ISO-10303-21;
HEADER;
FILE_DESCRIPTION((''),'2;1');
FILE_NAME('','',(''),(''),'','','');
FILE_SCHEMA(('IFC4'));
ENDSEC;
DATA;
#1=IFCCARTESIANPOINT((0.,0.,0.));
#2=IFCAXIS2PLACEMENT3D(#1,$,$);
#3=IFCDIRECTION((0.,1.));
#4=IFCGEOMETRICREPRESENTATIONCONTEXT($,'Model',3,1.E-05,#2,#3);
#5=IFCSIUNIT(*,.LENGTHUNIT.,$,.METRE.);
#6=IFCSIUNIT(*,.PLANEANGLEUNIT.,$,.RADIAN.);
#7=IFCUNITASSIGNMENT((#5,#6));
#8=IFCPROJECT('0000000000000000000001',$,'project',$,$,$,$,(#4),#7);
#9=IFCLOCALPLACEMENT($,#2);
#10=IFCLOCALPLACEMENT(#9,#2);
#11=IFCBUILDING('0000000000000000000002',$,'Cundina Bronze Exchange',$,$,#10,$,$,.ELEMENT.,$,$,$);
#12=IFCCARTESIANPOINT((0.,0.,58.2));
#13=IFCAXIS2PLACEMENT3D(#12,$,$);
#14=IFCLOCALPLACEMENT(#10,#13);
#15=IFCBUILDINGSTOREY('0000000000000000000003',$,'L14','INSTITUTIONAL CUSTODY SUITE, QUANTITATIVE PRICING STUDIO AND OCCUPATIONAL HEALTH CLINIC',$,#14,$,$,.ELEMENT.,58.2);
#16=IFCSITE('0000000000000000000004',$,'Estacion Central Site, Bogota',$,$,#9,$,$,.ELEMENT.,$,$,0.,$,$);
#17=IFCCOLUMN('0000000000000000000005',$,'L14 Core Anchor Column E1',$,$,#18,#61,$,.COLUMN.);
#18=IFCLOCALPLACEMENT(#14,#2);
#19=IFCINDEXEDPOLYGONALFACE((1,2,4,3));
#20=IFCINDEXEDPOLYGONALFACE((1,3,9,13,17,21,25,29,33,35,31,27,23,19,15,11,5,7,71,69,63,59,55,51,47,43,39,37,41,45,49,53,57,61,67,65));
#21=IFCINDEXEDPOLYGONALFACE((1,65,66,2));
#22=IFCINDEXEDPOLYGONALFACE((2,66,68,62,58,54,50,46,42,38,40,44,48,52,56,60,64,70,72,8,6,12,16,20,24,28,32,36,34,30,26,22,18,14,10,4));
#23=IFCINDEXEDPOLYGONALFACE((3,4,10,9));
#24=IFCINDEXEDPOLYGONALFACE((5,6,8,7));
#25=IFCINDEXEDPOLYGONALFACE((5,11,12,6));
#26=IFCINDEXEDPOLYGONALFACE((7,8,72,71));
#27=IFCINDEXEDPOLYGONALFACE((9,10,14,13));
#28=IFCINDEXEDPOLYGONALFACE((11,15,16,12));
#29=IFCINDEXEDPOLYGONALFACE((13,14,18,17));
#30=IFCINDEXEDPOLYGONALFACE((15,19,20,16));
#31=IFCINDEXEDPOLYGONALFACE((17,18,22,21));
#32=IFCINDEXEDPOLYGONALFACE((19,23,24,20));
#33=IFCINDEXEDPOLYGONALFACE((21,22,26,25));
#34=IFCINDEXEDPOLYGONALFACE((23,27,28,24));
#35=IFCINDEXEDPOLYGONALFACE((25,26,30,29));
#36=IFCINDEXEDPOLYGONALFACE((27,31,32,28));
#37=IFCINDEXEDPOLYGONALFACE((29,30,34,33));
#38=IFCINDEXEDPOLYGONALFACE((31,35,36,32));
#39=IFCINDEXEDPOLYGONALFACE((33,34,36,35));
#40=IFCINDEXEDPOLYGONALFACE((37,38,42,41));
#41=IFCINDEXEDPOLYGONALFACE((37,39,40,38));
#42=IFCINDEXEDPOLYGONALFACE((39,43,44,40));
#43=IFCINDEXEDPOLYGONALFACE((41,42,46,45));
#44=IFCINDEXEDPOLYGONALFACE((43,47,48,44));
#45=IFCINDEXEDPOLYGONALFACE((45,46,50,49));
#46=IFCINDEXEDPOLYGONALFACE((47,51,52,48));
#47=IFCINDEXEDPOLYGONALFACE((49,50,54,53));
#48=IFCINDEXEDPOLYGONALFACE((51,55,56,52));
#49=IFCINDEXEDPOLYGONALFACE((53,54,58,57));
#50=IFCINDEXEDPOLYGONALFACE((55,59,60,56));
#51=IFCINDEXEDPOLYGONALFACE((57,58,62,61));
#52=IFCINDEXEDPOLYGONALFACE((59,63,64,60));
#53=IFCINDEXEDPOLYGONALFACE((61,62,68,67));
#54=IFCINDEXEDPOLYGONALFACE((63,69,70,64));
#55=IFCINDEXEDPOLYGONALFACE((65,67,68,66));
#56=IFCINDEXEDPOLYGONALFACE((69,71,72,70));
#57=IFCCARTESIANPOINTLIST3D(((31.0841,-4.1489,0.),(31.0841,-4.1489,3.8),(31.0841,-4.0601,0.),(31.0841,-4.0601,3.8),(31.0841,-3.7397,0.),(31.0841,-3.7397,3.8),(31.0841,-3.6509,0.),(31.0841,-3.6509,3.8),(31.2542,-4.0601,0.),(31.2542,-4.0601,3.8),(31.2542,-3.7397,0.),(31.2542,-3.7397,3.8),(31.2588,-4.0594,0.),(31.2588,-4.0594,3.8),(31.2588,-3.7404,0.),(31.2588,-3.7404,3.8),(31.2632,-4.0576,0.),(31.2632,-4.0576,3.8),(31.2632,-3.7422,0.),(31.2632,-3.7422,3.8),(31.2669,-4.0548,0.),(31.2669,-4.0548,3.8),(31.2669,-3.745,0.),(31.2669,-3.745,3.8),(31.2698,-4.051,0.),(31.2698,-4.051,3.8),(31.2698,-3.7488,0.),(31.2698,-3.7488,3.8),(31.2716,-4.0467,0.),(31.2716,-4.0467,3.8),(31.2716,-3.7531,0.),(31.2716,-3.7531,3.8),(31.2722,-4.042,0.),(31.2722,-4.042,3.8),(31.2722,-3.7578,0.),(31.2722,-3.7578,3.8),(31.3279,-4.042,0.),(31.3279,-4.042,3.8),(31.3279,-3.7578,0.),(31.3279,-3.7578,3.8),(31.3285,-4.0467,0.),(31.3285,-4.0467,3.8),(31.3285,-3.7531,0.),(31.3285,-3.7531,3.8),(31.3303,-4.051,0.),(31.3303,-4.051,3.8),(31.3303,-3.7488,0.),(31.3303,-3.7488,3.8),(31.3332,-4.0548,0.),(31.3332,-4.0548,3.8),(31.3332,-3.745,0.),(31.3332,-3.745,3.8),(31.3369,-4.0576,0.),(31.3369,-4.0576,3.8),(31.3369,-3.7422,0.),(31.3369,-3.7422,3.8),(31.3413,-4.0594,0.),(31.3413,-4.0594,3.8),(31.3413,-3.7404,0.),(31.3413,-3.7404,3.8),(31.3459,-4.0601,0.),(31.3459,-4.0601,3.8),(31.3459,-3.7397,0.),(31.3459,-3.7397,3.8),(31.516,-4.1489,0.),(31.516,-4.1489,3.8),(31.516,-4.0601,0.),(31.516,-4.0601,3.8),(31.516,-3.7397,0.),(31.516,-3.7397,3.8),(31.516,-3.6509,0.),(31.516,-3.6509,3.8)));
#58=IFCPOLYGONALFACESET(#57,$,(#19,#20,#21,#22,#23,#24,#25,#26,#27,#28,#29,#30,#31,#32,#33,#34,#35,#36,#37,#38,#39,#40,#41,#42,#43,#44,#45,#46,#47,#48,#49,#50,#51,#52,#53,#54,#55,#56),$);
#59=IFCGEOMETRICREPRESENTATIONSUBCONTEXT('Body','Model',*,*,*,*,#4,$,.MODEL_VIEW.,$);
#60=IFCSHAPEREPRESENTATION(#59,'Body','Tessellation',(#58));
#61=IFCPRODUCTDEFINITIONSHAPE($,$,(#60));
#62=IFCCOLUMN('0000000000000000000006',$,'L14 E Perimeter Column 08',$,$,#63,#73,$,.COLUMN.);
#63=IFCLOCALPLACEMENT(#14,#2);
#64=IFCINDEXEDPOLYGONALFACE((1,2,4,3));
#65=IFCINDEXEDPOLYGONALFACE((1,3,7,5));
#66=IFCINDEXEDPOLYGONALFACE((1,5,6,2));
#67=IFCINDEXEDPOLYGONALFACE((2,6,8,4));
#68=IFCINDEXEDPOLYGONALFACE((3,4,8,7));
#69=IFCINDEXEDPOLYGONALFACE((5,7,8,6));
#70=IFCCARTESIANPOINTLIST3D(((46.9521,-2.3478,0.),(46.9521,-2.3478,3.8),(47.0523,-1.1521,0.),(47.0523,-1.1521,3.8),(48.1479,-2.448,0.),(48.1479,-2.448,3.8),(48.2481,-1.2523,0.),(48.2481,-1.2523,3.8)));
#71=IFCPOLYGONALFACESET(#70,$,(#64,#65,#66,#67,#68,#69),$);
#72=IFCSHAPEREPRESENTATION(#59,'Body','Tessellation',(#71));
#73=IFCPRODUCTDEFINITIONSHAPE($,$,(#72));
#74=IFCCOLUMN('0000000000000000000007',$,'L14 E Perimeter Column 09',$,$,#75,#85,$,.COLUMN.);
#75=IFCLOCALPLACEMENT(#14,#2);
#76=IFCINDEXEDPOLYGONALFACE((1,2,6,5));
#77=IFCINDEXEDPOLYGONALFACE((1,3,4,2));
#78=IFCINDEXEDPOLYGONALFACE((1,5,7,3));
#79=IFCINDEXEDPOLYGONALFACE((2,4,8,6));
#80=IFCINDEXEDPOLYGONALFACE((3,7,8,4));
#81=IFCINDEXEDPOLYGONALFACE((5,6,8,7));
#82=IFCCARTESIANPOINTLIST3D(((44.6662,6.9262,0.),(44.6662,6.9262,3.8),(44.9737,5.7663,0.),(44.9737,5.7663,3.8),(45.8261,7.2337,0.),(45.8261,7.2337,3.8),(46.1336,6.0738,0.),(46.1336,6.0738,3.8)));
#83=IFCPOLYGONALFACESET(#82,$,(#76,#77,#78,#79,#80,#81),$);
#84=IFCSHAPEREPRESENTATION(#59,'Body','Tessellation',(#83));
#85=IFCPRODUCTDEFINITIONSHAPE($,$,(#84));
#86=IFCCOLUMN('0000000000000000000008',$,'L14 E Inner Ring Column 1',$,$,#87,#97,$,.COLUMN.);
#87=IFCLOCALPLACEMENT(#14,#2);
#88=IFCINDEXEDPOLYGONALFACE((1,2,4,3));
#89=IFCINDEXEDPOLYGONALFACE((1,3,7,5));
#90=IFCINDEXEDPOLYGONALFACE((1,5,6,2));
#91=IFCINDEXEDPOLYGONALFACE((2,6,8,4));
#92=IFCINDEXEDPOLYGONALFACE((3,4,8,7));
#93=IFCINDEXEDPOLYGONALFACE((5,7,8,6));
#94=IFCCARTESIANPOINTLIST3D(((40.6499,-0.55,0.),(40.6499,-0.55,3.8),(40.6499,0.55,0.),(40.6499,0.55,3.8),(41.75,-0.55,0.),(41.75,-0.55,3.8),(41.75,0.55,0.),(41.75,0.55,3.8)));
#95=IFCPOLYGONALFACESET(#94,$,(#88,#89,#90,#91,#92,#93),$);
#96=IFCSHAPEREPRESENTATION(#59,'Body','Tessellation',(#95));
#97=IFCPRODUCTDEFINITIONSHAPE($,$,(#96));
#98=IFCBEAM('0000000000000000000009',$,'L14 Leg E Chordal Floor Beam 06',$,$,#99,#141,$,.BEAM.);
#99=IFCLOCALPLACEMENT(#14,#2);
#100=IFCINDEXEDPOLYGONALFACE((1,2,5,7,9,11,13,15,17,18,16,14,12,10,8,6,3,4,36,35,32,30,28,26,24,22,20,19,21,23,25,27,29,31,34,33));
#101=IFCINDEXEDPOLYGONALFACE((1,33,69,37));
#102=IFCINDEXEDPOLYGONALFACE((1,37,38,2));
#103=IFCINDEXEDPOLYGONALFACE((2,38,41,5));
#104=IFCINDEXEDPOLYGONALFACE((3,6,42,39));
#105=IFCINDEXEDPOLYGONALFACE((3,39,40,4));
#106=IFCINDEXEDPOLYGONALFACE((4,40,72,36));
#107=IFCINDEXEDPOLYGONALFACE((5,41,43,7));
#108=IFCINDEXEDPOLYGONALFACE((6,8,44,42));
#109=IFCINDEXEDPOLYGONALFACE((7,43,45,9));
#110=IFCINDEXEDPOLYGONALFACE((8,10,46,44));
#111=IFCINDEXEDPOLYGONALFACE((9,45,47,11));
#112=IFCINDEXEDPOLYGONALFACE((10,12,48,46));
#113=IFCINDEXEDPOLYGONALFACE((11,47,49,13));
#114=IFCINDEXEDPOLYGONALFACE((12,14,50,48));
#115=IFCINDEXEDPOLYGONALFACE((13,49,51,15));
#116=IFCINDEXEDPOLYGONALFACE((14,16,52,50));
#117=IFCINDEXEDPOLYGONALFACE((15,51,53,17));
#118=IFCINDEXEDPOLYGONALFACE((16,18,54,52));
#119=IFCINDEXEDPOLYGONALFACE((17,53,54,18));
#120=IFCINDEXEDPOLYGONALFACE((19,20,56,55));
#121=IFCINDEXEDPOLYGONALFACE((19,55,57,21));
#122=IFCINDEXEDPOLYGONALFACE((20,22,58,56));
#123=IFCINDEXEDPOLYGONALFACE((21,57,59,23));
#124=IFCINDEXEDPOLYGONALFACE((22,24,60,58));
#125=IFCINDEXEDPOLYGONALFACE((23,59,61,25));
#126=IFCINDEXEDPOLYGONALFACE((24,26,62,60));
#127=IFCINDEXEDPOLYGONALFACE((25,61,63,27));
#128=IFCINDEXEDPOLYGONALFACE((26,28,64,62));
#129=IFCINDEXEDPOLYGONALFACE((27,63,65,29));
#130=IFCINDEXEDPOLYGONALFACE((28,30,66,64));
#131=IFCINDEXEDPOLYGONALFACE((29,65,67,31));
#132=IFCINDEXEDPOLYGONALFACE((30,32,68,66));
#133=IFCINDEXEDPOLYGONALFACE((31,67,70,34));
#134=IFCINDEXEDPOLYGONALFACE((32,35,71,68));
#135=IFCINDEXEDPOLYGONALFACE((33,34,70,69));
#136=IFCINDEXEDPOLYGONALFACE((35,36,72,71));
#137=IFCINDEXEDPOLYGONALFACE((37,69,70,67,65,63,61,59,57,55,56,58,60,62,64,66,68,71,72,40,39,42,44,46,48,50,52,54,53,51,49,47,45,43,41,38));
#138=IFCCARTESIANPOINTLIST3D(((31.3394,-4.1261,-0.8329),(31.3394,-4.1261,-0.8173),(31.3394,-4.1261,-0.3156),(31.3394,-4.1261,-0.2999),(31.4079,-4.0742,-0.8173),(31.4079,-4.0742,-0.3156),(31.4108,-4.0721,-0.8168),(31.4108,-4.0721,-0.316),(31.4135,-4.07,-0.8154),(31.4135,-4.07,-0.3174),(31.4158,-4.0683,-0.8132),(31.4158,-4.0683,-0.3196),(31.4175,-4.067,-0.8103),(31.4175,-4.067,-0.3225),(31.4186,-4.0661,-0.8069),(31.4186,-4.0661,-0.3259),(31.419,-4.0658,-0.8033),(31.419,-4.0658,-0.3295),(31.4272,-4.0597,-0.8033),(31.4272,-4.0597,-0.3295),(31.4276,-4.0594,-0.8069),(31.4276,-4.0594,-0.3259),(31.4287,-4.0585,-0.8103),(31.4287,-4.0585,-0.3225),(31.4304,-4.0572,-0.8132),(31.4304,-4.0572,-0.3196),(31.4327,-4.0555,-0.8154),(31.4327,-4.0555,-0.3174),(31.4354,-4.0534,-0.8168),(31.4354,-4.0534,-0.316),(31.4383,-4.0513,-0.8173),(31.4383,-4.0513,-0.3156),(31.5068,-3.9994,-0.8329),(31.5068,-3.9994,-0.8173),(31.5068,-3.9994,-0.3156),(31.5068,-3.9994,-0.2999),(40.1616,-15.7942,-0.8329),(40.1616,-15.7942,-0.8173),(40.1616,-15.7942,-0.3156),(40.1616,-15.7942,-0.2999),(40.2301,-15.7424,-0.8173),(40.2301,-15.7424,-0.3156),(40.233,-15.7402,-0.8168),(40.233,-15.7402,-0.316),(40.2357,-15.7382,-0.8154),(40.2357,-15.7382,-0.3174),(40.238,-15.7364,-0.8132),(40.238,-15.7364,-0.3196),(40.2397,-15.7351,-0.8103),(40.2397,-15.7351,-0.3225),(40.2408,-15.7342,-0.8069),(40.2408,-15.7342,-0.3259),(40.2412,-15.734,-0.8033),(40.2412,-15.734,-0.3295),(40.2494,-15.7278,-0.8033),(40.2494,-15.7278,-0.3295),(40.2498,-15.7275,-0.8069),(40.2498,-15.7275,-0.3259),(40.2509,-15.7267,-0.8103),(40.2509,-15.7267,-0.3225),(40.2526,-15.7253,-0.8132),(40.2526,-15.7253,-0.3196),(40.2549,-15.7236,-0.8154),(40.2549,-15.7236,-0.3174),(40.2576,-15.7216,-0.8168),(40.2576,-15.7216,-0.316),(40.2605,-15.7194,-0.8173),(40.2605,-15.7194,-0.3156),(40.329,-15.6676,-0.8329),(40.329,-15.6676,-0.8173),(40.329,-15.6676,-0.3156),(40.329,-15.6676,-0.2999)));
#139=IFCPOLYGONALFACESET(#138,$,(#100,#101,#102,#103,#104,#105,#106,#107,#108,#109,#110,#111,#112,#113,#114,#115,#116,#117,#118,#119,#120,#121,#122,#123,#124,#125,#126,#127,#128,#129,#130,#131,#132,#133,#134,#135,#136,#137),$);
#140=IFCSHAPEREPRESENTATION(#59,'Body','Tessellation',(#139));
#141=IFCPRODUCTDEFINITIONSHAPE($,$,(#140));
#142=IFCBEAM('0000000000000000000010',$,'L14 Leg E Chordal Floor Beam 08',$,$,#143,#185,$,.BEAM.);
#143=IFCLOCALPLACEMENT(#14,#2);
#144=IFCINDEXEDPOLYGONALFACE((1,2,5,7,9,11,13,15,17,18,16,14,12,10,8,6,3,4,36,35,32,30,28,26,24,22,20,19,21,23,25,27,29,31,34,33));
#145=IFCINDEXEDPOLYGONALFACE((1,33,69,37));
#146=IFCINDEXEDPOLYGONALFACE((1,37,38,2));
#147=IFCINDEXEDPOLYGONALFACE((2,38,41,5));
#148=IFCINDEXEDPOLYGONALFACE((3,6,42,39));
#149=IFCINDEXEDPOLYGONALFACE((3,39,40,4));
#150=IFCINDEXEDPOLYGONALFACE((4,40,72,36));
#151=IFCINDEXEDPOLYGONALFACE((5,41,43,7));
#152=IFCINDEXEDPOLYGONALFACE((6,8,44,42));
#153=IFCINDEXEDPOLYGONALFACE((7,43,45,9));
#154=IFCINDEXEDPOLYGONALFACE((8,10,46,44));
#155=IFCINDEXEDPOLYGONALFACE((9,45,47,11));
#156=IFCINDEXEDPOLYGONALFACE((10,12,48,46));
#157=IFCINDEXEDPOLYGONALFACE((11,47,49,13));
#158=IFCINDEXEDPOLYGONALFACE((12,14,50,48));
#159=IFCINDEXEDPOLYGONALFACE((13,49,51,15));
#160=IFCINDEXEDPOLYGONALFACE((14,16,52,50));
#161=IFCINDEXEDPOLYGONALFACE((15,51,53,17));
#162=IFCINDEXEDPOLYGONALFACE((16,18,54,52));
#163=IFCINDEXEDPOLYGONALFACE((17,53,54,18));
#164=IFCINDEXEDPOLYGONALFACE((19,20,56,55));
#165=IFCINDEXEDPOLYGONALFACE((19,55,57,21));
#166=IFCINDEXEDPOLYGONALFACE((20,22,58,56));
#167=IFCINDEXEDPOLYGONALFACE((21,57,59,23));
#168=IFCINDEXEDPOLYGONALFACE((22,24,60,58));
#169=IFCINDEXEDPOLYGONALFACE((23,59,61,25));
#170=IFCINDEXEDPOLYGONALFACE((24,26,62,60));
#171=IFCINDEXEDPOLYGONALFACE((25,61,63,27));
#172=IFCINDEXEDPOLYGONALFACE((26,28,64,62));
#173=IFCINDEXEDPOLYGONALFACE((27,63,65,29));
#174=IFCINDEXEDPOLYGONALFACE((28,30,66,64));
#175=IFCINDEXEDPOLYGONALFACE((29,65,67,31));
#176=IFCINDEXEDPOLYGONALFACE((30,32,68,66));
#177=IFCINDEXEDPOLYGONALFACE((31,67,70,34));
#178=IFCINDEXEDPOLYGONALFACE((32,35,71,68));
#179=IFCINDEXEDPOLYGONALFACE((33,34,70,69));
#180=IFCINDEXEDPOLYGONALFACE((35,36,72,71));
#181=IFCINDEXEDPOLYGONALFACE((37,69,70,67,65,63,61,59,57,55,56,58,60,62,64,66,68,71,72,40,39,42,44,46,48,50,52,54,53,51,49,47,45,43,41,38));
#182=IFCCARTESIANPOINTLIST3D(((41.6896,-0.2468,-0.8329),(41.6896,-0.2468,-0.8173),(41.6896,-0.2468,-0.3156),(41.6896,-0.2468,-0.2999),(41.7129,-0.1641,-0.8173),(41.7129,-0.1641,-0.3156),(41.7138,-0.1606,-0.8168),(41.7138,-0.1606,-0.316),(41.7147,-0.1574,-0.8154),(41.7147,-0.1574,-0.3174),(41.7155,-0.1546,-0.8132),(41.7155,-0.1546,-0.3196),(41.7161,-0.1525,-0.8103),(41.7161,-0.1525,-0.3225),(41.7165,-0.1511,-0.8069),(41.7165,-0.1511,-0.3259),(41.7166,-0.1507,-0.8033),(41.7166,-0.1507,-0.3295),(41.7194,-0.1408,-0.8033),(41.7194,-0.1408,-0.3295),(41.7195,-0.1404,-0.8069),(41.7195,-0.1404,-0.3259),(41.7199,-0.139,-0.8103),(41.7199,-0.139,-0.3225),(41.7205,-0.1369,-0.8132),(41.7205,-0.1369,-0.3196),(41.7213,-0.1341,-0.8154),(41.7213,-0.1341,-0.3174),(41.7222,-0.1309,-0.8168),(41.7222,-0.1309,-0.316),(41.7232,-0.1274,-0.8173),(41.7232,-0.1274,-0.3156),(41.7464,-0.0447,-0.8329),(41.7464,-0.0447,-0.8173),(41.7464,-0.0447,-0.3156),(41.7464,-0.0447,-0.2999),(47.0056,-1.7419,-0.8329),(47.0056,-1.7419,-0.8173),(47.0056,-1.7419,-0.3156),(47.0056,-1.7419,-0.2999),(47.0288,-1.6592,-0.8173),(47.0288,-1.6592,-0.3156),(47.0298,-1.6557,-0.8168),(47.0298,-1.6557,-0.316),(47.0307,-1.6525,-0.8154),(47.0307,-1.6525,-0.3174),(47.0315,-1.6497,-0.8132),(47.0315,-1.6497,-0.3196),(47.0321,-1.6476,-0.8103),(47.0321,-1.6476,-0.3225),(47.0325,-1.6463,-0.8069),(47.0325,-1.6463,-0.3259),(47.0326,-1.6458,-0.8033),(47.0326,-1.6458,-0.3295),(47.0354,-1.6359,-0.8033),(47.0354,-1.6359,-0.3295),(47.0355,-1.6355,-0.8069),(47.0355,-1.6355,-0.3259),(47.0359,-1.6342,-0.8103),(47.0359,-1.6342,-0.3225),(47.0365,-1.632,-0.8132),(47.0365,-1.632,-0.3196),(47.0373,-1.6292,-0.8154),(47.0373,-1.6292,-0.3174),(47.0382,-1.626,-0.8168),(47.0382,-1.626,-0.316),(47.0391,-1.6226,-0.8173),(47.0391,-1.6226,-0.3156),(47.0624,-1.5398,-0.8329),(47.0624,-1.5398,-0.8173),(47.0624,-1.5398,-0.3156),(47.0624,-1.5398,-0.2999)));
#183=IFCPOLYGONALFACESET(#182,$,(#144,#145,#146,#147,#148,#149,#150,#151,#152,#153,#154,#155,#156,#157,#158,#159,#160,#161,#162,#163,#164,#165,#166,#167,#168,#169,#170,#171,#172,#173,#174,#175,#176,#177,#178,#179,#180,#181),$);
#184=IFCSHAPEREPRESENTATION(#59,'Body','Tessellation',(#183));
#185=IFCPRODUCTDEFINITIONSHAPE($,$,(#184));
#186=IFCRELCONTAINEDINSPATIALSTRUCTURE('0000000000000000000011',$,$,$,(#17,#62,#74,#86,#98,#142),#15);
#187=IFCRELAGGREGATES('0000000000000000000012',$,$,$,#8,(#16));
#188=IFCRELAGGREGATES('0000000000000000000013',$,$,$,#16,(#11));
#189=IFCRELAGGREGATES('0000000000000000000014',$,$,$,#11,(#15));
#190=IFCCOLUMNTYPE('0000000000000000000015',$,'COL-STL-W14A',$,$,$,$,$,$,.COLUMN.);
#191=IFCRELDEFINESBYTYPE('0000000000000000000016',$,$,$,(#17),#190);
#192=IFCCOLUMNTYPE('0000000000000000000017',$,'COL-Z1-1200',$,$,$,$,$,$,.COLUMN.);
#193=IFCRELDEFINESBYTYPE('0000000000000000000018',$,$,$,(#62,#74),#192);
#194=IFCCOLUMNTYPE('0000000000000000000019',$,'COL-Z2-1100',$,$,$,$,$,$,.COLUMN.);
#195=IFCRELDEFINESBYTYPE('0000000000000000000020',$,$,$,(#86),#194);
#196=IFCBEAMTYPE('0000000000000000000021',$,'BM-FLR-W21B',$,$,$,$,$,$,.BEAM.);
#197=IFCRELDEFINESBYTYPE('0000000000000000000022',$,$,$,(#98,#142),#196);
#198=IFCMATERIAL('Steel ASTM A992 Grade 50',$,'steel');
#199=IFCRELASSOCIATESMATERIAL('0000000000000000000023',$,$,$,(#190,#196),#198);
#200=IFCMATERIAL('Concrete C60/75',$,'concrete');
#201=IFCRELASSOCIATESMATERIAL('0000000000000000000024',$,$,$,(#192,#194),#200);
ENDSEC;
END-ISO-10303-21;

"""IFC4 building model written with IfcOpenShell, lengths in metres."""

from ifc_helpers import new_model, si_unit, direction, frame, origin, origin_2d, place, context, subcontext, project, spatial, rectangle, i_section, extrude, material, material_profile, profile_set, type_object, element, save


model = new_model("IFC4")

# Units and contexts
model_context = context("Model", 3, precision=1e-05, world=origin(), true_north=direction((0.0, 1.0)))
body_context = subcontext(model_context, "Body", "Model", "MODEL_VIEW")
ifc_project = project(units=[si_unit("LENGTHUNIT", "METRE"), si_unit("PLANEANGLEUNIT", "RADIAN")], contexts=[model_context])

# Site, building, storey
site_placement = place(None, origin())
site = spatial("IfcSite", under=ifc_project, at=site_placement, Name="Estacion Central Site, Bogota", CompositionType="ELEMENT", RefElevation=0.0)
building_placement = place(site_placement, origin())
building = spatial("IfcBuilding", under=site, at=building_placement, Name="Cundina Bronze Exchange", CompositionType="ELEMENT")
storey_placement = place(building_placement, frame((0.0, 0.0, 58.2)))
storey = spatial("IfcBuildingStorey", under=building, at=storey_placement, Name="L14", Description="INSTITUTIONAL CUSTODY SUITE, QUANTITATIVE PRICING STUDIO AND OCCUPATIONAL HEALTH CLINIC", CompositionType="ELEMENT", Elevation=58.2)

# Columns
ifc_material_1 = material(Name="Steel ASTM A992 Grade 50", Category="steel")
ifc_material_profile_1 = material_profile(ifc_material_1, i_section(OverallWidth=0.4319, OverallDepth=0.498, WebThickness=0.0557, FlangeThickness=0.0889, FilletRadius=0.0181, at=origin_2d()), Name="W14X500", Category="steel")
ifc_profile_set_1 = profile_set([ifc_material_profile_1], Name="Steel ASTM A992 Grade 50")
column_type_1 = type_object("IfcColumnType", Name="COL-STL-W14A", PredefinedType="COLUMN", material=ifc_profile_set_1)
column_1_placement = place(storey_placement, frame((31.3, -3.8999, 0.0), z_axis=(0.0, 0.0, 1.0), x_axis=(1.0, 0.0, 0.0)))
element("IfcColumn", 1, at=column_1_placement, inside=storey, type_object=column_type_1, Name="L14 Core Anchor Column E1", PredefinedType="COLUMN", context=body_context, shape_type="SweptSolid", body=[
    extrude(i_section(OverallWidth=0.4319, OverallDepth=0.498, WebThickness=0.0557, FlangeThickness=0.0889, FilletRadius=0.0181, at=origin_2d()), origin(), (0.0, 0.0, 1.0), 3.8),
])
ifc_material_2 = material(Name="Concrete C60/75", Category="concrete")
ifc_material_profile_2 = material_profile(ifc_material_2, rectangle(XDim=1.2, YDim=1.2, at=origin_2d()), Name="RC1200X1200", Category="concrete")
ifc_profile_set_2 = profile_set([ifc_material_profile_2], Name="Concrete C60/75")
column_type_2 = type_object("IfcColumnType", Name="COL-Z1-1200", PredefinedType="COLUMN", material=ifc_profile_set_2)
for number, where, z_axis, x_axis, name in (
    (2, (47.6001, -1.8, 0.0), (0.0, 0.0, 1.0), (0.083504, 0.996507, 0.0), "L14 E Perimeter Column 08"),
    (3, (45.3999, 6.5, 0.0), (0.0, 0.0, 1.0), (-0.256289, 0.9666, 0.0), "L14 E Perimeter Column 09"),
):
    element("IfcColumn", number, at=place(storey_placement, frame(where, z_axis=z_axis, x_axis=x_axis)), inside=storey, type_object=column_type_2, Name=name, PredefinedType="COLUMN", context=body_context, shape_type="SweptSolid", body=[
        extrude(rectangle(XDim=1.2, YDim=1.2, at=origin_2d()), origin(), (0.0, 0.0, 1.0), 3.8),
    ])
ifc_material_profile_3 = material_profile(ifc_material_2, rectangle(XDim=1.1001, YDim=1.1001, at=origin_2d()), Name="RC1100X1100", Category="concrete")
ifc_profile_set_3 = profile_set([ifc_material_profile_3], Name="Concrete C60/75")
column_type_3 = type_object("IfcColumnType", Name="COL-Z2-1100", PredefinedType="COLUMN", material=ifc_profile_set_3)
column_2_placement = place(storey_placement, frame((41.2, 0.0, 0.0), z_axis=(0.0, 0.0, 1.0), x_axis=(1.0, 0.0, 0.0)))
element("IfcColumn", 4, at=column_2_placement, inside=storey, type_object=column_type_3, Name="L14 E Inner Ring Column 1", PredefinedType="COLUMN", context=body_context, shape_type="SweptSolid", body=[
    extrude(rectangle(XDim=1.1001, YDim=1.1001, at=origin_2d()), origin(), (0.0, 0.0, 1.0), 3.8),
])

# Beams
ifc_material_profile_4 = material_profile(ifc_material_1, i_section(OverallWidth=0.21, OverallDepth=0.533, WebThickness=0.0103, FlangeThickness=0.0156, FilletRadius=0.0139, at=origin_2d()), Name="W21X62", Category="steel")
ifc_profile_set_4 = profile_set([ifc_material_profile_4], Name="Steel ASTM A992 Grade 50")
beam_type_1 = type_object("IfcBeamType", Name="BM-FLR-W21B", PredefinedType="BEAM", material=ifc_profile_set_4)
beam_1_placement = place(storey_placement, frame((31.4231, -4.0627, -0.5664), z_axis=(0.603106, -0.797661, 0.0), x_axis=(0.797661, 0.603106, 0.0)))
element("IfcBeam", 5, at=beam_1_placement, inside=storey, type_object=beam_type_1, Name="L14 Leg E Chordal Floor Beam 06", PredefinedType="BEAM", context=body_context, shape_type="SweptSolid", body=[
    extrude(i_section(OverallWidth=0.21, OverallDepth=0.533, WebThickness=0.0103, FlangeThickness=0.0156, FilletRadius=0.0139, at=origin_2d()), origin(), (0.0, 0.0, 1.0), 14.6279),
])
beam_2_placement = place(storey_placement, frame((41.718, -0.1458, -0.5664), z_axis=(0.96265, -0.270748, 0.0), x_axis=(0.270748, 0.96265, 0.0)))
element("IfcBeam", 6, at=beam_2_placement, inside=storey, type_object=beam_type_1, Name="L14 Leg E Chordal Floor Beam 08", PredefinedType="BEAM", context=body_context, shape_type="SweptSolid", body=[
    extrude(i_section(OverallWidth=0.21, OverallDepth=0.533, WebThickness=0.0103, FlangeThickness=0.0156, FilletRadius=0.0139, at=origin_2d()), origin(), (0.0, 0.0, 1.0), 5.5222),
])

save(model, "model.ifc")
